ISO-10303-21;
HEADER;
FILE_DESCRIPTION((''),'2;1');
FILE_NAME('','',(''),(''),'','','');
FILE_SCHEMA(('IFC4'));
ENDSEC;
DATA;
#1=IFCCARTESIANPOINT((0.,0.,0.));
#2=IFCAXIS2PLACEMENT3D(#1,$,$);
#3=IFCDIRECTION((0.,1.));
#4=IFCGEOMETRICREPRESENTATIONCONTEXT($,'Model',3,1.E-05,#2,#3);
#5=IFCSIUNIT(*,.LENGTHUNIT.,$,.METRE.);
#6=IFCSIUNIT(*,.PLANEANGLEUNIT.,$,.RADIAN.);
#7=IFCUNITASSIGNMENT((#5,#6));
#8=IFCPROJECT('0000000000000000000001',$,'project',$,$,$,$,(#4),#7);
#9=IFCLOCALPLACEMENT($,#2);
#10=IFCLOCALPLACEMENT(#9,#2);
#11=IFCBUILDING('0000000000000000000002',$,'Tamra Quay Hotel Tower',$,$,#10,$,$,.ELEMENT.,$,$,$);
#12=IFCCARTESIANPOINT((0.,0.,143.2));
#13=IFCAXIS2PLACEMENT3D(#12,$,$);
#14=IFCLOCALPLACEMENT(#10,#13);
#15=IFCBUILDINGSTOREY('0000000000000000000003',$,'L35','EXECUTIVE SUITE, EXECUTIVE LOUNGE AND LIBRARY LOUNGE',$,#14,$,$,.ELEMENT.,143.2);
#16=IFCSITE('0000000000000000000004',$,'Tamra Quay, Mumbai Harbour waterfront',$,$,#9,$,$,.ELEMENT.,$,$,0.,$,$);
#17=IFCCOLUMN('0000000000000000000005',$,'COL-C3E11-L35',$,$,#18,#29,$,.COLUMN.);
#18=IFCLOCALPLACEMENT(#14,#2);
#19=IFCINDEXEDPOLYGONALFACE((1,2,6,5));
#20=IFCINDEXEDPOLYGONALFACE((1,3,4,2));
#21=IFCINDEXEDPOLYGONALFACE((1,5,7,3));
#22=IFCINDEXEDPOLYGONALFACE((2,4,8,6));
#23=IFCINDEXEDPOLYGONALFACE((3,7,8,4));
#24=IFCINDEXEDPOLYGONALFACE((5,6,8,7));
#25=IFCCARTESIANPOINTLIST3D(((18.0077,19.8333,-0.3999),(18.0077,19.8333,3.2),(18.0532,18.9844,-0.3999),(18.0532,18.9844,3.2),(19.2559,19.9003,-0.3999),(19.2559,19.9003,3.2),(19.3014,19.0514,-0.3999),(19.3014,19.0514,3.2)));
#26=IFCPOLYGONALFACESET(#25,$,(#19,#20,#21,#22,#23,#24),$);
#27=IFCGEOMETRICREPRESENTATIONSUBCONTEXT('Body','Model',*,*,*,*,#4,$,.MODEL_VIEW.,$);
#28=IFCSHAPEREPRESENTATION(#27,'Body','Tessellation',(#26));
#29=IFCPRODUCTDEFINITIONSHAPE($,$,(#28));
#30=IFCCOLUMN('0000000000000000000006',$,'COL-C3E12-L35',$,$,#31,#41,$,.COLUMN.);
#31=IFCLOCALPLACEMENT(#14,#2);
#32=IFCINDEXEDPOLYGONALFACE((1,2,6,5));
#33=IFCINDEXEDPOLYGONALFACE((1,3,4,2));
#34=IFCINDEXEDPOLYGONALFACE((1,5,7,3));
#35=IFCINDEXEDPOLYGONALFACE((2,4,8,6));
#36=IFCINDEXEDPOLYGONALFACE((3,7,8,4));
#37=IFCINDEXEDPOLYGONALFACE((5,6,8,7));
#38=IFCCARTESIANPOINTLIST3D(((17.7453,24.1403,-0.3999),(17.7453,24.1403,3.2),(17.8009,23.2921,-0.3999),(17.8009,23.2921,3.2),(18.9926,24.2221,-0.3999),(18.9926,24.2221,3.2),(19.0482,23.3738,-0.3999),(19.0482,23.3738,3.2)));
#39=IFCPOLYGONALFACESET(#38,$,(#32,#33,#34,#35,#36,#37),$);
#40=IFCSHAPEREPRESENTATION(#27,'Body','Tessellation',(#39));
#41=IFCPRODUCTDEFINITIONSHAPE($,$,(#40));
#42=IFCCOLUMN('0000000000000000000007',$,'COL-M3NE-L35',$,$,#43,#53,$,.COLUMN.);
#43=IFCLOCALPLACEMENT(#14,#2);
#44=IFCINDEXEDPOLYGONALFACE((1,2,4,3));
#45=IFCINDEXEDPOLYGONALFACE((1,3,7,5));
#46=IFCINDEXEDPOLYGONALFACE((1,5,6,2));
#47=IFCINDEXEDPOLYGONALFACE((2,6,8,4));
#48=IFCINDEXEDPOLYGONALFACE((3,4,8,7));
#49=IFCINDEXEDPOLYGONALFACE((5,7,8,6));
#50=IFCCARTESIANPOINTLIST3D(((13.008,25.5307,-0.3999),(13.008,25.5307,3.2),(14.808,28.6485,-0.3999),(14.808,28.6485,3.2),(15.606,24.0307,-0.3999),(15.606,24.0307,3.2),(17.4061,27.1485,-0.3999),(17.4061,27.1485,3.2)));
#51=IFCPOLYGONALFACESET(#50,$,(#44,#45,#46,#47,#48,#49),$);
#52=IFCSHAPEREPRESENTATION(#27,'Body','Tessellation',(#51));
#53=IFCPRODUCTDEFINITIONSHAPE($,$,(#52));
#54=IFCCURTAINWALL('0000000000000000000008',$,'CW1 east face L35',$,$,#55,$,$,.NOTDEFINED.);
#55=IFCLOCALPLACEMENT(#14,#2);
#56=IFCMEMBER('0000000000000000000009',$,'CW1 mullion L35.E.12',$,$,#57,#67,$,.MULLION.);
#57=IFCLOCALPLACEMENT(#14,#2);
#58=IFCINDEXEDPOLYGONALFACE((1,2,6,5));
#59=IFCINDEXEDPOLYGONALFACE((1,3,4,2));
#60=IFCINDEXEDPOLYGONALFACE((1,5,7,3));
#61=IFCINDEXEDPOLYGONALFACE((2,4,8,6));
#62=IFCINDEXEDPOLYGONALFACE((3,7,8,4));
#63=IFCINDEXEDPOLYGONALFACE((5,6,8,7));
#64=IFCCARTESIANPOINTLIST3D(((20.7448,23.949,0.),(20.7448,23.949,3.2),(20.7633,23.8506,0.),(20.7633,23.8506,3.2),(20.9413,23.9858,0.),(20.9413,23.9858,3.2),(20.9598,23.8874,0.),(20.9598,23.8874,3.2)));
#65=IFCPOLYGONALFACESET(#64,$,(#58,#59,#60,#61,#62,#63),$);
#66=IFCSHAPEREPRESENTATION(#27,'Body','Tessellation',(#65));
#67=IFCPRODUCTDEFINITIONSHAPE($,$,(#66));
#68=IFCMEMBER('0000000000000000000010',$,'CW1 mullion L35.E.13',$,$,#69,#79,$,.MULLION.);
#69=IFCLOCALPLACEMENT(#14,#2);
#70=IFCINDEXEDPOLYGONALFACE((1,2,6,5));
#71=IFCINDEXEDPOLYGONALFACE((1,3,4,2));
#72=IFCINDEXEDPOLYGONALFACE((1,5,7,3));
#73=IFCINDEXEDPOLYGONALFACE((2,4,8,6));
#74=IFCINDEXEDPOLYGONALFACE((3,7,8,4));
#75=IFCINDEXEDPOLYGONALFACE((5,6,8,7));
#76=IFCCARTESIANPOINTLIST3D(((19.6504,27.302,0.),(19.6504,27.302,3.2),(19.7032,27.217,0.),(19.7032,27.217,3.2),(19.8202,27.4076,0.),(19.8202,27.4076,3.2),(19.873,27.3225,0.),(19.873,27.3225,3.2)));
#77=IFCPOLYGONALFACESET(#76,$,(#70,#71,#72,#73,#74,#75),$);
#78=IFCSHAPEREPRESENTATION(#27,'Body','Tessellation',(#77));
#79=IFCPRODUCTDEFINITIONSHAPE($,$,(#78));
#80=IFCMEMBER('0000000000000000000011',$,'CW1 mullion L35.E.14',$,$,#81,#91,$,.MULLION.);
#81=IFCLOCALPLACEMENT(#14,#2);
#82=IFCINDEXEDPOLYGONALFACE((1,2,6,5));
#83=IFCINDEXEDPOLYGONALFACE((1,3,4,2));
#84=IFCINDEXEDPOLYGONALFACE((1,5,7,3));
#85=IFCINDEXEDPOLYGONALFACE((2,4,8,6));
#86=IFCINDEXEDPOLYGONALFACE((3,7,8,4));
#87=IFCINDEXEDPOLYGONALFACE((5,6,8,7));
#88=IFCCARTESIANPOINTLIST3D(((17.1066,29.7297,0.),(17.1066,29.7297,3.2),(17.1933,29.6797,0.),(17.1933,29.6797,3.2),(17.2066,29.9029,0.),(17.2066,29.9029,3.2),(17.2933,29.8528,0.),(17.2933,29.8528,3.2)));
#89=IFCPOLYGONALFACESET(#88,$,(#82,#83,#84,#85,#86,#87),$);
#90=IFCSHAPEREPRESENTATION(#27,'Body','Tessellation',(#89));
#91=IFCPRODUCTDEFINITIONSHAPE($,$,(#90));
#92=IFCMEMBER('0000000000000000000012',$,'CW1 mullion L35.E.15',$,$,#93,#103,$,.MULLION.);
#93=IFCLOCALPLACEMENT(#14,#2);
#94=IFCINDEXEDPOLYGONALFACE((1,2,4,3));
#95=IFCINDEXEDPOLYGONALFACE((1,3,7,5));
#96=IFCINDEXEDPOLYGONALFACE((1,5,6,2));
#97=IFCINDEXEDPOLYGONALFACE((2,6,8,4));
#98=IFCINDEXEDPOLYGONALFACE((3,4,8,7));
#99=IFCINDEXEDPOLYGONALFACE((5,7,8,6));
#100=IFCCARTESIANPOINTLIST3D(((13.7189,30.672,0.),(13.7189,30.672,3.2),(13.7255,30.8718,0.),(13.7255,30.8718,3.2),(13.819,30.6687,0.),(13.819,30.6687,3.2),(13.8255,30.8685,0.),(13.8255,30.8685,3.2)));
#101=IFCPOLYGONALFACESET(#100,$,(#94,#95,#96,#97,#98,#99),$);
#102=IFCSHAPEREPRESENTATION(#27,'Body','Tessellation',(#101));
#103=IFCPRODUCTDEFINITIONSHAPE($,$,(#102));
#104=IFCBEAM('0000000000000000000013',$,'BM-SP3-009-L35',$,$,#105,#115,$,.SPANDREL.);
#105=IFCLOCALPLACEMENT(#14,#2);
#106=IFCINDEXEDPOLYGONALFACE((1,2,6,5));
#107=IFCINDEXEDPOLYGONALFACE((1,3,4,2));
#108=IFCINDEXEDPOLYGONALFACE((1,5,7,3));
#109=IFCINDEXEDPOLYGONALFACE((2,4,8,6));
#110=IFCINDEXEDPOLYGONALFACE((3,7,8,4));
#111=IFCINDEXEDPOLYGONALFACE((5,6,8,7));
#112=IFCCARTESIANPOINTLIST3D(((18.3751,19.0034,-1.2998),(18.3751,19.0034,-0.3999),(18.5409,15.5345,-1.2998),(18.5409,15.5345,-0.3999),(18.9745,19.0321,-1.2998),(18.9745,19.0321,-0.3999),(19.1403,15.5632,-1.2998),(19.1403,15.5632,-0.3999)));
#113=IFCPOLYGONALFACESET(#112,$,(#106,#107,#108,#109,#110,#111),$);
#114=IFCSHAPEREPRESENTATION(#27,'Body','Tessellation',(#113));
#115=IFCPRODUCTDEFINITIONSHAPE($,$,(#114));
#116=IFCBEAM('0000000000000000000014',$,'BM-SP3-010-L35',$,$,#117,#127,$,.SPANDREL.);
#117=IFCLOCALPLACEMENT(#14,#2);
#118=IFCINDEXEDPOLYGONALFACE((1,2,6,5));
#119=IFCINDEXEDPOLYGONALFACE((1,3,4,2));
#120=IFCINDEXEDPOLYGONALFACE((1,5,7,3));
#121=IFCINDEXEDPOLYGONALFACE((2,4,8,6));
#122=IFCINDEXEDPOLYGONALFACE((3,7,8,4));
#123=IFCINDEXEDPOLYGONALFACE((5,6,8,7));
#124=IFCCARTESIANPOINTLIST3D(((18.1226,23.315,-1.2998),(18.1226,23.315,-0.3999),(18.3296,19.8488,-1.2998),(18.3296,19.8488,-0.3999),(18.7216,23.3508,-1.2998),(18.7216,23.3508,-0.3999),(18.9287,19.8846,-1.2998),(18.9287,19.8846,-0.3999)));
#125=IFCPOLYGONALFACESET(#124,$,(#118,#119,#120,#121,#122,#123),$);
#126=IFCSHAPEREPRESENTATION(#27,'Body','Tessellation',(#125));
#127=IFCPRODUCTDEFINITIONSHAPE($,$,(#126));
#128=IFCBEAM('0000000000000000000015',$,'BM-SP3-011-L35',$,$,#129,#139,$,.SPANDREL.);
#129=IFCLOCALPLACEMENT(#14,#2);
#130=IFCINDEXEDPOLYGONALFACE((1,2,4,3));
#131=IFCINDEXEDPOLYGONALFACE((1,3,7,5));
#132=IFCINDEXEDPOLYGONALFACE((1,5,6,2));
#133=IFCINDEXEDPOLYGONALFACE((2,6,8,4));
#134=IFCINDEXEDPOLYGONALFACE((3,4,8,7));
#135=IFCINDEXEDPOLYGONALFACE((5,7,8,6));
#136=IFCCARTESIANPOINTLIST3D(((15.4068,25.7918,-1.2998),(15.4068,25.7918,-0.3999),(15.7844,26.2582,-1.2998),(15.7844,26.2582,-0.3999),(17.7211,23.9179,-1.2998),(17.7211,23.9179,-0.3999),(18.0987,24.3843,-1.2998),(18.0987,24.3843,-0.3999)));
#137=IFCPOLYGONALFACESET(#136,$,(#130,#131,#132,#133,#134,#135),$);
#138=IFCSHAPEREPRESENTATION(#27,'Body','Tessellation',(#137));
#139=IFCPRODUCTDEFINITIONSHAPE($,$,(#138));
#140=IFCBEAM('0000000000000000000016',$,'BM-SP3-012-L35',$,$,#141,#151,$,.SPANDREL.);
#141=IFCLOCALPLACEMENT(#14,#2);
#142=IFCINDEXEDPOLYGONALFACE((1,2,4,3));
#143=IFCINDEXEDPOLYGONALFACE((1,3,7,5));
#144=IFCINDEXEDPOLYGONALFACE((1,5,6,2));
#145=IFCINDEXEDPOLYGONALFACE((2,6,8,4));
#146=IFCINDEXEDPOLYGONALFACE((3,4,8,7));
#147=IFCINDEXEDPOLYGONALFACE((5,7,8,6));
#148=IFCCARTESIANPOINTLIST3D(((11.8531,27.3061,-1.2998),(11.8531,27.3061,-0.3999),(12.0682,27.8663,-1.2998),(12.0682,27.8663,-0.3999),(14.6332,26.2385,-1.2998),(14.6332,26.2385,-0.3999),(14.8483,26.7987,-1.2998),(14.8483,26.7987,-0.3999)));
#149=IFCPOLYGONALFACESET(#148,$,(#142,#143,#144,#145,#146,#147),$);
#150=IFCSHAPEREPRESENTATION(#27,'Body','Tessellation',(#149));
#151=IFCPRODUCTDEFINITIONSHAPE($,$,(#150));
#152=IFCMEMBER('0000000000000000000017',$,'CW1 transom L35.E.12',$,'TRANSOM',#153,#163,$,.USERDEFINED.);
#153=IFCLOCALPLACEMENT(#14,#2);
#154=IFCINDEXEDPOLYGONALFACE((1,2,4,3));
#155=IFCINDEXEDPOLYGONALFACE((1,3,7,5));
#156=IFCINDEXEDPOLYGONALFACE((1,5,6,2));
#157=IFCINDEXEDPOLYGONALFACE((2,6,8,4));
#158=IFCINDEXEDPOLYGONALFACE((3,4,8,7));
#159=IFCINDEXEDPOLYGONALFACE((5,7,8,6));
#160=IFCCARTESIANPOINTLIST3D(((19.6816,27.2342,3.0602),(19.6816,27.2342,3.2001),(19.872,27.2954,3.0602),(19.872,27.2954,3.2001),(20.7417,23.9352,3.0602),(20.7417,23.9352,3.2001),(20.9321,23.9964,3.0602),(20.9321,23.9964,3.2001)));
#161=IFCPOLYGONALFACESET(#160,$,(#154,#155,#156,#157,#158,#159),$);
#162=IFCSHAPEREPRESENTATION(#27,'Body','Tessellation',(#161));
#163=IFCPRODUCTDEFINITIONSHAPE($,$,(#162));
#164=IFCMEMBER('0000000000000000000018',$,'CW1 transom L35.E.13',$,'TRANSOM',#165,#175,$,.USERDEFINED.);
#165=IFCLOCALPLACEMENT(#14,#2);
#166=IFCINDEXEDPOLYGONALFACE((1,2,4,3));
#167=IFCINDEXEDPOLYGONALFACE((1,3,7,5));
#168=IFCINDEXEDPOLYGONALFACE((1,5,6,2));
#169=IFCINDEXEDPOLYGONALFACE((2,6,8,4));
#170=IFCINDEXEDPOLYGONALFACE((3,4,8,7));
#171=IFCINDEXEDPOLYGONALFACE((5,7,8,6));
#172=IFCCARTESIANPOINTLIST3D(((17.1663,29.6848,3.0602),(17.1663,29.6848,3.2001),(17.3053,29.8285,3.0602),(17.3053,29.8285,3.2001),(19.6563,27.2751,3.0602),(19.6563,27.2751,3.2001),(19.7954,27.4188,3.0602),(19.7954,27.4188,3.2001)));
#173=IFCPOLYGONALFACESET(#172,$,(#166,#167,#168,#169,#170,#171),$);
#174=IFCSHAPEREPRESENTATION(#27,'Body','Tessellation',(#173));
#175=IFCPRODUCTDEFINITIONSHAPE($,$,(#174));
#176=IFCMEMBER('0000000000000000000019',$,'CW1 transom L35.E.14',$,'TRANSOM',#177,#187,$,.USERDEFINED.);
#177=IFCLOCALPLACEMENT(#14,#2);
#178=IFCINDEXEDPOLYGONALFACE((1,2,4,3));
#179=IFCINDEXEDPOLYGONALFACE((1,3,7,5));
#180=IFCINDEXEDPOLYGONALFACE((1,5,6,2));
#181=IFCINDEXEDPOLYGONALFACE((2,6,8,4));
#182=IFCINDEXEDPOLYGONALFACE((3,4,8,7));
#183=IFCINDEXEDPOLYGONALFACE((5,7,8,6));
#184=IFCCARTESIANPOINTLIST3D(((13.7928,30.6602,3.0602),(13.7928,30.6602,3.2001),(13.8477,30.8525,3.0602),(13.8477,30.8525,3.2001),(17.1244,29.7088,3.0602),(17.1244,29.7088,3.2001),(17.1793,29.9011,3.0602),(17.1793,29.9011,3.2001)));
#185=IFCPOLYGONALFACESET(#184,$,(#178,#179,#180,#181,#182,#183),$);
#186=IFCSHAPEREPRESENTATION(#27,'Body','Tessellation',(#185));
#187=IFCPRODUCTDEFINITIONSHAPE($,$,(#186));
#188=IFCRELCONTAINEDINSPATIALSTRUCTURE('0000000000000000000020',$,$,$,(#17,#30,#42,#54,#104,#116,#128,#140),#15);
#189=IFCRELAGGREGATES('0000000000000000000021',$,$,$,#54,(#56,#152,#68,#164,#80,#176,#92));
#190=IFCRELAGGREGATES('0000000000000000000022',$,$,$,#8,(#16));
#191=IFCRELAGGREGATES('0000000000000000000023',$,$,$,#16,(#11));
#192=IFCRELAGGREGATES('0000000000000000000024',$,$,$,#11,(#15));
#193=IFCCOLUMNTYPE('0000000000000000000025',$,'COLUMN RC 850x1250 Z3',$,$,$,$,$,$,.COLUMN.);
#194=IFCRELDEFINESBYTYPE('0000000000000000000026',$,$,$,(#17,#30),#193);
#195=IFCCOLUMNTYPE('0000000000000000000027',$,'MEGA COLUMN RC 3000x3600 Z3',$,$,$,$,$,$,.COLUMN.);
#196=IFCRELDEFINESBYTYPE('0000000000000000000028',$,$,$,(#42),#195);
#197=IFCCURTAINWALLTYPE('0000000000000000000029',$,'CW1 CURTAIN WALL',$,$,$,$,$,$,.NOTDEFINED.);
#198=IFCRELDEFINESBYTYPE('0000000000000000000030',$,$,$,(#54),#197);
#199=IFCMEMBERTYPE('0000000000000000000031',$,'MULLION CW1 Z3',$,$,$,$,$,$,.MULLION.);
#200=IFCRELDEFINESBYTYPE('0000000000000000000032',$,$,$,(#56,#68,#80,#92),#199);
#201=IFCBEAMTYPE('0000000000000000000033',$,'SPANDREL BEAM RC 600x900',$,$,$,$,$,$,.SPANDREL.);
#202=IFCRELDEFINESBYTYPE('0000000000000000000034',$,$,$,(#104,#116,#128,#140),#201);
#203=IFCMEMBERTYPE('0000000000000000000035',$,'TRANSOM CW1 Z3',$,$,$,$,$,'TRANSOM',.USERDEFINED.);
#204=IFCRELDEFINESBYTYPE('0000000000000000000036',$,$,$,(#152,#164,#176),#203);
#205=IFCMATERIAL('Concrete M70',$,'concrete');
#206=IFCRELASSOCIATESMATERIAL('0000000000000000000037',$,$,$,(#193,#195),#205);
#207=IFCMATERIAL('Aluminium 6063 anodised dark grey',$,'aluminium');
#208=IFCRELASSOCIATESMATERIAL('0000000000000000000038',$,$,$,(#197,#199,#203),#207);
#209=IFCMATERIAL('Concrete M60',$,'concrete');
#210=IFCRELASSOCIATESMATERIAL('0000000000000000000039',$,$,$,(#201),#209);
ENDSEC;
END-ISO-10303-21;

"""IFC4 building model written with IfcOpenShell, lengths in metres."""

from ifc_helpers import new_model, si_unit, direction, frame, origin, origin_2d, place, context, subcontext, project, spatial, rectangle, extrude, material, material_profile, profile_set, type_object, element, aggregate, save


model = new_model("IFC4")

# Units and contexts
model_context = context("Model", 3, precision=1e-05, world=origin(), true_north=direction((0.0, 1.0)))
body_context = subcontext(model_context, "Body", "Model", "MODEL_VIEW")
ifc_project = project(units=[si_unit("LENGTHUNIT", "METRE"), si_unit("PLANEANGLEUNIT", "RADIAN")], contexts=[model_context])

# Site, building, storey
site_placement = place(None, origin())
site = spatial("IfcSite", under=ifc_project, at=site_placement, Name="Tamra Quay, Mumbai Harbour waterfront", CompositionType="ELEMENT", RefElevation=0.0)
building_placement = place(site_placement, origin())
building = spatial("IfcBuilding", under=site, at=building_placement, Name="Tamra Quay Hotel Tower", CompositionType="ELEMENT")
storey_placement = place(building_placement, frame((0.0, 0.0, 143.2)))
storey = spatial("IfcBuildingStorey", under=building, at=storey_placement, Name="L35", Description="EXECUTIVE SUITE, EXECUTIVE LOUNGE AND LIBRARY LOUNGE", CompositionType="ELEMENT", Elevation=143.2)

# Columns
ifc_material_1 = material(Name="Concrete M70", Category="concrete")
ifc_material_profile_1 = material_profile(ifc_material_1, rectangle(XDim=1.25, YDim=0.8501, at=origin_2d()), Name="COLUMN RC 850x1250 Z3")
ifc_profile_set_1 = profile_set([ifc_material_profile_1], Name="Concrete M70")
column_type_1 = type_object("IfcColumnType", Name="COLUMN RC 850x1250 Z3", PredefinedType="COLUMN", material=ifc_profile_set_1)
for number, where, z_axis, x_axis, name in (
    (1, (18.6545, 19.4424, -0.3999), (0.0, 0.0, 1.0), (0.998562, 0.053603, 0.0), "COL-C3E11-L35"),
    (2, (18.3967, 23.7571, -0.3999), (0.0, 0.0, 1.0), (0.997858, 0.065419, 0.0), "COL-C3E12-L35"),
):
    element("IfcColumn", number, at=place(storey_placement, frame(where, z_axis=z_axis, x_axis=x_axis)), inside=storey, type_object=column_type_1, Name=name, PredefinedType="COLUMN", context=body_context, shape_type="SweptSolid", body=[
        extrude(rectangle(XDim=1.25, YDim=0.8501, at=origin_2d()), origin(), (0.0, 0.0, 1.0), 3.5999),
    ])
ifc_material_profile_2 = material_profile(ifc_material_1, rectangle(XDim=3.6001, YDim=3.0, at=origin_2d()), Name="MEGA COLUMN RC 3000x3600 Z3")
ifc_profile_set_2 = profile_set([ifc_material_profile_2], Name="Concrete M70")
column_type_2 = type_object("IfcColumnType", Name="MEGA COLUMN RC 3000x3600 Z3", PredefinedType="COLUMN", material=ifc_profile_set_2)
column_placement = place(storey_placement, frame((15.207, 26.3396, -0.3999), z_axis=(0.0, 0.0, 1.0), x_axis=(0.5, 0.866025, 0.0)))
element("IfcColumn", 3, at=column_placement, inside=storey, type_object=column_type_2, Name="COL-M3NE-L35", PredefinedType="COLUMN", context=body_context, shape_type="SweptSolid", body=[
    extrude(rectangle(XDim=3.6001, YDim=3.0, at=origin_2d()), origin(), (0.0, 0.0, 1.0), 3.5999),
])

# Curtain wall, members
ifc_material_2 = material(Name="Aluminium 6063 anodised dark grey", Category="aluminium")
curtain_wall_type = type_object("IfcCurtainWallType", Name="CW1 CURTAIN WALL", PredefinedType="NOTDEFINED", material=ifc_material_2)
curtain_wall_placement = place(storey_placement, origin())
curtain_wall = element("IfcCurtainWall", 4, at=curtain_wall_placement, inside=storey, type_object=curtain_wall_type, Name="CW1 east face L35", PredefinedType="NOTDEFINED")
ifc_material_profile_3 = material_profile(ifc_material_2, rectangle(XDim=0.2, YDim=0.1001, at=origin_2d()), Name="MULLION 100X200")
ifc_profile_set_3 = profile_set([ifc_material_profile_3], Name="Aluminium 6063 anodised dark grey")
member_type_1 = type_object("IfcMemberType", Name="MULLION CW1 Z3", PredefinedType="MULLION", material=ifc_profile_set_3)
member_1_placement = place(storey_placement, frame((20.8523, 23.9182, 0.0), z_axis=(0.0, 0.0, 1.0), x_axis=(0.982883, 0.18423, 0.0)))
member_1 = element("IfcMember", 5, at=member_1_placement, type_object=member_type_1, Name="CW1 mullion L35.E.12", PredefinedType="MULLION", context=body_context, shape_type="SweptSolid", body=[
    extrude(rectangle(XDim=0.2, YDim=0.1001, at=origin_2d()), origin(), (0.0, 0.0, 1.0), 3.2),
])
member_2_placement = place(storey_placement, frame((19.7617, 27.3123, 0.0), z_axis=(0.0, 0.0, 1.0), x_axis=(0.849198, 0.528075, 0.0)))
member_2 = element("IfcMember", 6, at=member_2_placement, type_object=member_type_1, Name="CW1 mullion L35.E.13", PredefinedType="MULLION", context=body_context, shape_type="SweptSolid", body=[
    extrude(rectangle(XDim=0.2, YDim=0.1001, at=origin_2d()), origin(), (0.0, 0.0, 1.0), 3.2),
])
member_3_placement = place(storey_placement, frame((17.2, 29.7913, 0.0), z_axis=(0.0, 0.0, 1.0), x_axis=(0.5, 0.866025, 0.0)))
member_3 = element("IfcMember", 7, at=member_3_placement, type_object=member_type_1, Name="CW1 mullion L35.E.14", PredefinedType="MULLION", context=body_context, shape_type="SweptSolid", body=[
    extrude(rectangle(XDim=0.2, YDim=0.1001, at=origin_2d()), origin(), (0.0, 0.0, 1.0), 3.2),
])
member_4_placement = place(storey_placement, frame((13.7722, 30.7703, 0.0), z_axis=(0.0, 0.0, 1.0), x_axis=(0.032727, 0.999464, 0.0)))
member_4 = element("IfcMember", 8, at=member_4_placement, type_object=member_type_1, Name="CW1 mullion L35.E.15", PredefinedType="MULLION", context=body_context, shape_type="SweptSolid", body=[
    extrude(rectangle(XDim=0.2, YDim=0.1001, at=origin_2d()), origin(), (0.0, 0.0, 1.0), 3.2),
])

# Beams
ifc_material_3 = material(Name="Concrete M60", Category="concrete")
ifc_material_profile_4 = material_profile(ifc_material_3, rectangle(XDim=0.6001, YDim=0.8999, at=origin_2d()), Name="SPANDREL BEAM RC 600x900")
ifc_profile_set_4 = profile_set([ifc_material_profile_4], Name="Concrete M60")
beam_type = type_object("IfcBeamType", Name="SPANDREL BEAM RC 600x900", PredefinedType="SPANDREL", material=ifc_profile_set_4)
beam_1_placement = place(storey_placement, frame((18.8406, 15.5488, -0.8499), z_axis=(-0.047732, 0.99886, 0.0), x_axis=(-0.99886, -0.047732, 0.0)))
element("IfcBeam", 9, at=beam_1_placement, inside=storey, type_object=beam_type, Name="BM-SP3-009-L35", PredefinedType="SPANDREL", context=body_context, shape_type="SweptSolid", body=[
    extrude(rectangle(XDim=0.6001, YDim=0.8999, at=origin_2d()), origin(), (0.0, 0.0, 1.0), 3.4729),
])
beam_2_placement = place(storey_placement, frame((18.6292, 19.8667, -0.8499), z_axis=(-0.05962, 0.998221, 0.0), x_axis=(-0.998221, -0.05962, 0.0)))
element("IfcBeam", 10, at=beam_2_placement, inside=storey, type_object=beam_type, Name="BM-SP3-010-L35", PredefinedType="SPANDREL", context=body_context, shape_type="SweptSolid", body=[
    extrude(rectangle(XDim=0.6001, YDim=0.8999, at=origin_2d()), origin(), (0.0, 0.0, 1.0), 3.4724),
])
beam_3_placement = place(storey_placement, frame((17.9099, 24.1511, -0.8499), z_axis=(-0.777184, 0.629274, 0.0), x_axis=(-0.629274, -0.777184, 0.0)))
element("IfcBeam", 11, at=beam_3_placement, inside=storey, type_object=beam_type, Name="BM-SP3-011-L35", PredefinedType="SPANDREL", context=body_context, shape_type="SweptSolid", body=[
    extrude(rectangle(XDim=0.6001, YDim=0.8999, at=origin_2d()), origin(), (0.0, 0.0, 1.0), 2.9778),
])
beam_4_placement = place(storey_placement, frame((14.7407, 26.5186, -0.8499), z_axis=(-0.933527, 0.358507, 0.0), x_axis=(-0.358507, -0.933527, 0.0)))
element("IfcBeam", 12, at=beam_4_placement, inside=storey, type_object=beam_type, Name="BM-SP3-012-L35", PredefinedType="SPANDREL", context=body_context, shape_type="SweptSolid", body=[
    extrude(rectangle(XDim=0.6001, YDim=0.8999, at=origin_2d()), origin(), (0.0, 0.0, 1.0), 2.978),
])

# Members
ifc_material_profile_5 = material_profile(ifc_material_2, rectangle(XDim=0.2, YDim=0.1399, at=origin_2d()), Name="TRANSOM 200X140")
ifc_profile_set_5 = profile_set([ifc_material_profile_5], Name="Aluminium 6063 anodised dark grey")
member_type_2 = type_object("IfcMemberType", Name="TRANSOM CW1 Z3", ElementType="TRANSOM", PredefinedType="USERDEFINED", material=ifc_profile_set_5)
member_5_placement = place(storey_placement, frame((20.8369, 23.9658, 3.1301), z_axis=(-0.305936, 0.952052, 0.0), x_axis=(-0.952052, -0.305936, 0.0)))
member_5 = element("IfcMember", 13, at=member_5_placement, type_object=member_type_2, Name="CW1 transom L35.E.12", ObjectType="TRANSOM", PredefinedType="USERDEFINED", context=body_context, shape_type="SweptSolid", body=[
    extrude(rectangle(XDim=0.2, YDim=0.1399, at=origin_2d()), origin(), (0.0, 0.0, 1.0), 3.4651),
])
member_6_placement = place(storey_placement, frame((19.7258, 27.3469, 3.1301), z_axis=(-0.718602, 0.695421, 0.0), x_axis=(-0.695421, -0.718602, 0.0)))
member_6 = element("IfcMember", 14, at=member_6_placement, type_object=member_type_2, Name="CW1 transom L35.E.13", ObjectType="TRANSOM", PredefinedType="USERDEFINED", context=body_context, shape_type="SweptSolid", body=[
    extrude(rectangle(XDim=0.2, YDim=0.1399, at=origin_2d()), origin(), (0.0, 0.0, 1.0), 3.4651),
])
member_7_placement = place(storey_placement, frame((17.1519, 29.8049, 3.1301), z_axis=(-0.961559, 0.2746, 0.0), x_axis=(-0.2746, -0.961559, 0.0)))
member_7 = element("IfcMember", 15, at=member_7_placement, type_object=member_type_2, Name="CW1 transom L35.E.14", ObjectType="TRANSOM", PredefinedType="USERDEFINED", context=body_context, shape_type="SweptSolid", body=[
    extrude(rectangle(XDim=0.2, YDim=0.1399, at=origin_2d()), origin(), (0.0, 0.0, 1.0), 3.4648),
])

aggregate(curtain_wall, [member_1, member_5, member_2, member_6, member_3, member_7, member_4])

save(model, "model.ifc")
